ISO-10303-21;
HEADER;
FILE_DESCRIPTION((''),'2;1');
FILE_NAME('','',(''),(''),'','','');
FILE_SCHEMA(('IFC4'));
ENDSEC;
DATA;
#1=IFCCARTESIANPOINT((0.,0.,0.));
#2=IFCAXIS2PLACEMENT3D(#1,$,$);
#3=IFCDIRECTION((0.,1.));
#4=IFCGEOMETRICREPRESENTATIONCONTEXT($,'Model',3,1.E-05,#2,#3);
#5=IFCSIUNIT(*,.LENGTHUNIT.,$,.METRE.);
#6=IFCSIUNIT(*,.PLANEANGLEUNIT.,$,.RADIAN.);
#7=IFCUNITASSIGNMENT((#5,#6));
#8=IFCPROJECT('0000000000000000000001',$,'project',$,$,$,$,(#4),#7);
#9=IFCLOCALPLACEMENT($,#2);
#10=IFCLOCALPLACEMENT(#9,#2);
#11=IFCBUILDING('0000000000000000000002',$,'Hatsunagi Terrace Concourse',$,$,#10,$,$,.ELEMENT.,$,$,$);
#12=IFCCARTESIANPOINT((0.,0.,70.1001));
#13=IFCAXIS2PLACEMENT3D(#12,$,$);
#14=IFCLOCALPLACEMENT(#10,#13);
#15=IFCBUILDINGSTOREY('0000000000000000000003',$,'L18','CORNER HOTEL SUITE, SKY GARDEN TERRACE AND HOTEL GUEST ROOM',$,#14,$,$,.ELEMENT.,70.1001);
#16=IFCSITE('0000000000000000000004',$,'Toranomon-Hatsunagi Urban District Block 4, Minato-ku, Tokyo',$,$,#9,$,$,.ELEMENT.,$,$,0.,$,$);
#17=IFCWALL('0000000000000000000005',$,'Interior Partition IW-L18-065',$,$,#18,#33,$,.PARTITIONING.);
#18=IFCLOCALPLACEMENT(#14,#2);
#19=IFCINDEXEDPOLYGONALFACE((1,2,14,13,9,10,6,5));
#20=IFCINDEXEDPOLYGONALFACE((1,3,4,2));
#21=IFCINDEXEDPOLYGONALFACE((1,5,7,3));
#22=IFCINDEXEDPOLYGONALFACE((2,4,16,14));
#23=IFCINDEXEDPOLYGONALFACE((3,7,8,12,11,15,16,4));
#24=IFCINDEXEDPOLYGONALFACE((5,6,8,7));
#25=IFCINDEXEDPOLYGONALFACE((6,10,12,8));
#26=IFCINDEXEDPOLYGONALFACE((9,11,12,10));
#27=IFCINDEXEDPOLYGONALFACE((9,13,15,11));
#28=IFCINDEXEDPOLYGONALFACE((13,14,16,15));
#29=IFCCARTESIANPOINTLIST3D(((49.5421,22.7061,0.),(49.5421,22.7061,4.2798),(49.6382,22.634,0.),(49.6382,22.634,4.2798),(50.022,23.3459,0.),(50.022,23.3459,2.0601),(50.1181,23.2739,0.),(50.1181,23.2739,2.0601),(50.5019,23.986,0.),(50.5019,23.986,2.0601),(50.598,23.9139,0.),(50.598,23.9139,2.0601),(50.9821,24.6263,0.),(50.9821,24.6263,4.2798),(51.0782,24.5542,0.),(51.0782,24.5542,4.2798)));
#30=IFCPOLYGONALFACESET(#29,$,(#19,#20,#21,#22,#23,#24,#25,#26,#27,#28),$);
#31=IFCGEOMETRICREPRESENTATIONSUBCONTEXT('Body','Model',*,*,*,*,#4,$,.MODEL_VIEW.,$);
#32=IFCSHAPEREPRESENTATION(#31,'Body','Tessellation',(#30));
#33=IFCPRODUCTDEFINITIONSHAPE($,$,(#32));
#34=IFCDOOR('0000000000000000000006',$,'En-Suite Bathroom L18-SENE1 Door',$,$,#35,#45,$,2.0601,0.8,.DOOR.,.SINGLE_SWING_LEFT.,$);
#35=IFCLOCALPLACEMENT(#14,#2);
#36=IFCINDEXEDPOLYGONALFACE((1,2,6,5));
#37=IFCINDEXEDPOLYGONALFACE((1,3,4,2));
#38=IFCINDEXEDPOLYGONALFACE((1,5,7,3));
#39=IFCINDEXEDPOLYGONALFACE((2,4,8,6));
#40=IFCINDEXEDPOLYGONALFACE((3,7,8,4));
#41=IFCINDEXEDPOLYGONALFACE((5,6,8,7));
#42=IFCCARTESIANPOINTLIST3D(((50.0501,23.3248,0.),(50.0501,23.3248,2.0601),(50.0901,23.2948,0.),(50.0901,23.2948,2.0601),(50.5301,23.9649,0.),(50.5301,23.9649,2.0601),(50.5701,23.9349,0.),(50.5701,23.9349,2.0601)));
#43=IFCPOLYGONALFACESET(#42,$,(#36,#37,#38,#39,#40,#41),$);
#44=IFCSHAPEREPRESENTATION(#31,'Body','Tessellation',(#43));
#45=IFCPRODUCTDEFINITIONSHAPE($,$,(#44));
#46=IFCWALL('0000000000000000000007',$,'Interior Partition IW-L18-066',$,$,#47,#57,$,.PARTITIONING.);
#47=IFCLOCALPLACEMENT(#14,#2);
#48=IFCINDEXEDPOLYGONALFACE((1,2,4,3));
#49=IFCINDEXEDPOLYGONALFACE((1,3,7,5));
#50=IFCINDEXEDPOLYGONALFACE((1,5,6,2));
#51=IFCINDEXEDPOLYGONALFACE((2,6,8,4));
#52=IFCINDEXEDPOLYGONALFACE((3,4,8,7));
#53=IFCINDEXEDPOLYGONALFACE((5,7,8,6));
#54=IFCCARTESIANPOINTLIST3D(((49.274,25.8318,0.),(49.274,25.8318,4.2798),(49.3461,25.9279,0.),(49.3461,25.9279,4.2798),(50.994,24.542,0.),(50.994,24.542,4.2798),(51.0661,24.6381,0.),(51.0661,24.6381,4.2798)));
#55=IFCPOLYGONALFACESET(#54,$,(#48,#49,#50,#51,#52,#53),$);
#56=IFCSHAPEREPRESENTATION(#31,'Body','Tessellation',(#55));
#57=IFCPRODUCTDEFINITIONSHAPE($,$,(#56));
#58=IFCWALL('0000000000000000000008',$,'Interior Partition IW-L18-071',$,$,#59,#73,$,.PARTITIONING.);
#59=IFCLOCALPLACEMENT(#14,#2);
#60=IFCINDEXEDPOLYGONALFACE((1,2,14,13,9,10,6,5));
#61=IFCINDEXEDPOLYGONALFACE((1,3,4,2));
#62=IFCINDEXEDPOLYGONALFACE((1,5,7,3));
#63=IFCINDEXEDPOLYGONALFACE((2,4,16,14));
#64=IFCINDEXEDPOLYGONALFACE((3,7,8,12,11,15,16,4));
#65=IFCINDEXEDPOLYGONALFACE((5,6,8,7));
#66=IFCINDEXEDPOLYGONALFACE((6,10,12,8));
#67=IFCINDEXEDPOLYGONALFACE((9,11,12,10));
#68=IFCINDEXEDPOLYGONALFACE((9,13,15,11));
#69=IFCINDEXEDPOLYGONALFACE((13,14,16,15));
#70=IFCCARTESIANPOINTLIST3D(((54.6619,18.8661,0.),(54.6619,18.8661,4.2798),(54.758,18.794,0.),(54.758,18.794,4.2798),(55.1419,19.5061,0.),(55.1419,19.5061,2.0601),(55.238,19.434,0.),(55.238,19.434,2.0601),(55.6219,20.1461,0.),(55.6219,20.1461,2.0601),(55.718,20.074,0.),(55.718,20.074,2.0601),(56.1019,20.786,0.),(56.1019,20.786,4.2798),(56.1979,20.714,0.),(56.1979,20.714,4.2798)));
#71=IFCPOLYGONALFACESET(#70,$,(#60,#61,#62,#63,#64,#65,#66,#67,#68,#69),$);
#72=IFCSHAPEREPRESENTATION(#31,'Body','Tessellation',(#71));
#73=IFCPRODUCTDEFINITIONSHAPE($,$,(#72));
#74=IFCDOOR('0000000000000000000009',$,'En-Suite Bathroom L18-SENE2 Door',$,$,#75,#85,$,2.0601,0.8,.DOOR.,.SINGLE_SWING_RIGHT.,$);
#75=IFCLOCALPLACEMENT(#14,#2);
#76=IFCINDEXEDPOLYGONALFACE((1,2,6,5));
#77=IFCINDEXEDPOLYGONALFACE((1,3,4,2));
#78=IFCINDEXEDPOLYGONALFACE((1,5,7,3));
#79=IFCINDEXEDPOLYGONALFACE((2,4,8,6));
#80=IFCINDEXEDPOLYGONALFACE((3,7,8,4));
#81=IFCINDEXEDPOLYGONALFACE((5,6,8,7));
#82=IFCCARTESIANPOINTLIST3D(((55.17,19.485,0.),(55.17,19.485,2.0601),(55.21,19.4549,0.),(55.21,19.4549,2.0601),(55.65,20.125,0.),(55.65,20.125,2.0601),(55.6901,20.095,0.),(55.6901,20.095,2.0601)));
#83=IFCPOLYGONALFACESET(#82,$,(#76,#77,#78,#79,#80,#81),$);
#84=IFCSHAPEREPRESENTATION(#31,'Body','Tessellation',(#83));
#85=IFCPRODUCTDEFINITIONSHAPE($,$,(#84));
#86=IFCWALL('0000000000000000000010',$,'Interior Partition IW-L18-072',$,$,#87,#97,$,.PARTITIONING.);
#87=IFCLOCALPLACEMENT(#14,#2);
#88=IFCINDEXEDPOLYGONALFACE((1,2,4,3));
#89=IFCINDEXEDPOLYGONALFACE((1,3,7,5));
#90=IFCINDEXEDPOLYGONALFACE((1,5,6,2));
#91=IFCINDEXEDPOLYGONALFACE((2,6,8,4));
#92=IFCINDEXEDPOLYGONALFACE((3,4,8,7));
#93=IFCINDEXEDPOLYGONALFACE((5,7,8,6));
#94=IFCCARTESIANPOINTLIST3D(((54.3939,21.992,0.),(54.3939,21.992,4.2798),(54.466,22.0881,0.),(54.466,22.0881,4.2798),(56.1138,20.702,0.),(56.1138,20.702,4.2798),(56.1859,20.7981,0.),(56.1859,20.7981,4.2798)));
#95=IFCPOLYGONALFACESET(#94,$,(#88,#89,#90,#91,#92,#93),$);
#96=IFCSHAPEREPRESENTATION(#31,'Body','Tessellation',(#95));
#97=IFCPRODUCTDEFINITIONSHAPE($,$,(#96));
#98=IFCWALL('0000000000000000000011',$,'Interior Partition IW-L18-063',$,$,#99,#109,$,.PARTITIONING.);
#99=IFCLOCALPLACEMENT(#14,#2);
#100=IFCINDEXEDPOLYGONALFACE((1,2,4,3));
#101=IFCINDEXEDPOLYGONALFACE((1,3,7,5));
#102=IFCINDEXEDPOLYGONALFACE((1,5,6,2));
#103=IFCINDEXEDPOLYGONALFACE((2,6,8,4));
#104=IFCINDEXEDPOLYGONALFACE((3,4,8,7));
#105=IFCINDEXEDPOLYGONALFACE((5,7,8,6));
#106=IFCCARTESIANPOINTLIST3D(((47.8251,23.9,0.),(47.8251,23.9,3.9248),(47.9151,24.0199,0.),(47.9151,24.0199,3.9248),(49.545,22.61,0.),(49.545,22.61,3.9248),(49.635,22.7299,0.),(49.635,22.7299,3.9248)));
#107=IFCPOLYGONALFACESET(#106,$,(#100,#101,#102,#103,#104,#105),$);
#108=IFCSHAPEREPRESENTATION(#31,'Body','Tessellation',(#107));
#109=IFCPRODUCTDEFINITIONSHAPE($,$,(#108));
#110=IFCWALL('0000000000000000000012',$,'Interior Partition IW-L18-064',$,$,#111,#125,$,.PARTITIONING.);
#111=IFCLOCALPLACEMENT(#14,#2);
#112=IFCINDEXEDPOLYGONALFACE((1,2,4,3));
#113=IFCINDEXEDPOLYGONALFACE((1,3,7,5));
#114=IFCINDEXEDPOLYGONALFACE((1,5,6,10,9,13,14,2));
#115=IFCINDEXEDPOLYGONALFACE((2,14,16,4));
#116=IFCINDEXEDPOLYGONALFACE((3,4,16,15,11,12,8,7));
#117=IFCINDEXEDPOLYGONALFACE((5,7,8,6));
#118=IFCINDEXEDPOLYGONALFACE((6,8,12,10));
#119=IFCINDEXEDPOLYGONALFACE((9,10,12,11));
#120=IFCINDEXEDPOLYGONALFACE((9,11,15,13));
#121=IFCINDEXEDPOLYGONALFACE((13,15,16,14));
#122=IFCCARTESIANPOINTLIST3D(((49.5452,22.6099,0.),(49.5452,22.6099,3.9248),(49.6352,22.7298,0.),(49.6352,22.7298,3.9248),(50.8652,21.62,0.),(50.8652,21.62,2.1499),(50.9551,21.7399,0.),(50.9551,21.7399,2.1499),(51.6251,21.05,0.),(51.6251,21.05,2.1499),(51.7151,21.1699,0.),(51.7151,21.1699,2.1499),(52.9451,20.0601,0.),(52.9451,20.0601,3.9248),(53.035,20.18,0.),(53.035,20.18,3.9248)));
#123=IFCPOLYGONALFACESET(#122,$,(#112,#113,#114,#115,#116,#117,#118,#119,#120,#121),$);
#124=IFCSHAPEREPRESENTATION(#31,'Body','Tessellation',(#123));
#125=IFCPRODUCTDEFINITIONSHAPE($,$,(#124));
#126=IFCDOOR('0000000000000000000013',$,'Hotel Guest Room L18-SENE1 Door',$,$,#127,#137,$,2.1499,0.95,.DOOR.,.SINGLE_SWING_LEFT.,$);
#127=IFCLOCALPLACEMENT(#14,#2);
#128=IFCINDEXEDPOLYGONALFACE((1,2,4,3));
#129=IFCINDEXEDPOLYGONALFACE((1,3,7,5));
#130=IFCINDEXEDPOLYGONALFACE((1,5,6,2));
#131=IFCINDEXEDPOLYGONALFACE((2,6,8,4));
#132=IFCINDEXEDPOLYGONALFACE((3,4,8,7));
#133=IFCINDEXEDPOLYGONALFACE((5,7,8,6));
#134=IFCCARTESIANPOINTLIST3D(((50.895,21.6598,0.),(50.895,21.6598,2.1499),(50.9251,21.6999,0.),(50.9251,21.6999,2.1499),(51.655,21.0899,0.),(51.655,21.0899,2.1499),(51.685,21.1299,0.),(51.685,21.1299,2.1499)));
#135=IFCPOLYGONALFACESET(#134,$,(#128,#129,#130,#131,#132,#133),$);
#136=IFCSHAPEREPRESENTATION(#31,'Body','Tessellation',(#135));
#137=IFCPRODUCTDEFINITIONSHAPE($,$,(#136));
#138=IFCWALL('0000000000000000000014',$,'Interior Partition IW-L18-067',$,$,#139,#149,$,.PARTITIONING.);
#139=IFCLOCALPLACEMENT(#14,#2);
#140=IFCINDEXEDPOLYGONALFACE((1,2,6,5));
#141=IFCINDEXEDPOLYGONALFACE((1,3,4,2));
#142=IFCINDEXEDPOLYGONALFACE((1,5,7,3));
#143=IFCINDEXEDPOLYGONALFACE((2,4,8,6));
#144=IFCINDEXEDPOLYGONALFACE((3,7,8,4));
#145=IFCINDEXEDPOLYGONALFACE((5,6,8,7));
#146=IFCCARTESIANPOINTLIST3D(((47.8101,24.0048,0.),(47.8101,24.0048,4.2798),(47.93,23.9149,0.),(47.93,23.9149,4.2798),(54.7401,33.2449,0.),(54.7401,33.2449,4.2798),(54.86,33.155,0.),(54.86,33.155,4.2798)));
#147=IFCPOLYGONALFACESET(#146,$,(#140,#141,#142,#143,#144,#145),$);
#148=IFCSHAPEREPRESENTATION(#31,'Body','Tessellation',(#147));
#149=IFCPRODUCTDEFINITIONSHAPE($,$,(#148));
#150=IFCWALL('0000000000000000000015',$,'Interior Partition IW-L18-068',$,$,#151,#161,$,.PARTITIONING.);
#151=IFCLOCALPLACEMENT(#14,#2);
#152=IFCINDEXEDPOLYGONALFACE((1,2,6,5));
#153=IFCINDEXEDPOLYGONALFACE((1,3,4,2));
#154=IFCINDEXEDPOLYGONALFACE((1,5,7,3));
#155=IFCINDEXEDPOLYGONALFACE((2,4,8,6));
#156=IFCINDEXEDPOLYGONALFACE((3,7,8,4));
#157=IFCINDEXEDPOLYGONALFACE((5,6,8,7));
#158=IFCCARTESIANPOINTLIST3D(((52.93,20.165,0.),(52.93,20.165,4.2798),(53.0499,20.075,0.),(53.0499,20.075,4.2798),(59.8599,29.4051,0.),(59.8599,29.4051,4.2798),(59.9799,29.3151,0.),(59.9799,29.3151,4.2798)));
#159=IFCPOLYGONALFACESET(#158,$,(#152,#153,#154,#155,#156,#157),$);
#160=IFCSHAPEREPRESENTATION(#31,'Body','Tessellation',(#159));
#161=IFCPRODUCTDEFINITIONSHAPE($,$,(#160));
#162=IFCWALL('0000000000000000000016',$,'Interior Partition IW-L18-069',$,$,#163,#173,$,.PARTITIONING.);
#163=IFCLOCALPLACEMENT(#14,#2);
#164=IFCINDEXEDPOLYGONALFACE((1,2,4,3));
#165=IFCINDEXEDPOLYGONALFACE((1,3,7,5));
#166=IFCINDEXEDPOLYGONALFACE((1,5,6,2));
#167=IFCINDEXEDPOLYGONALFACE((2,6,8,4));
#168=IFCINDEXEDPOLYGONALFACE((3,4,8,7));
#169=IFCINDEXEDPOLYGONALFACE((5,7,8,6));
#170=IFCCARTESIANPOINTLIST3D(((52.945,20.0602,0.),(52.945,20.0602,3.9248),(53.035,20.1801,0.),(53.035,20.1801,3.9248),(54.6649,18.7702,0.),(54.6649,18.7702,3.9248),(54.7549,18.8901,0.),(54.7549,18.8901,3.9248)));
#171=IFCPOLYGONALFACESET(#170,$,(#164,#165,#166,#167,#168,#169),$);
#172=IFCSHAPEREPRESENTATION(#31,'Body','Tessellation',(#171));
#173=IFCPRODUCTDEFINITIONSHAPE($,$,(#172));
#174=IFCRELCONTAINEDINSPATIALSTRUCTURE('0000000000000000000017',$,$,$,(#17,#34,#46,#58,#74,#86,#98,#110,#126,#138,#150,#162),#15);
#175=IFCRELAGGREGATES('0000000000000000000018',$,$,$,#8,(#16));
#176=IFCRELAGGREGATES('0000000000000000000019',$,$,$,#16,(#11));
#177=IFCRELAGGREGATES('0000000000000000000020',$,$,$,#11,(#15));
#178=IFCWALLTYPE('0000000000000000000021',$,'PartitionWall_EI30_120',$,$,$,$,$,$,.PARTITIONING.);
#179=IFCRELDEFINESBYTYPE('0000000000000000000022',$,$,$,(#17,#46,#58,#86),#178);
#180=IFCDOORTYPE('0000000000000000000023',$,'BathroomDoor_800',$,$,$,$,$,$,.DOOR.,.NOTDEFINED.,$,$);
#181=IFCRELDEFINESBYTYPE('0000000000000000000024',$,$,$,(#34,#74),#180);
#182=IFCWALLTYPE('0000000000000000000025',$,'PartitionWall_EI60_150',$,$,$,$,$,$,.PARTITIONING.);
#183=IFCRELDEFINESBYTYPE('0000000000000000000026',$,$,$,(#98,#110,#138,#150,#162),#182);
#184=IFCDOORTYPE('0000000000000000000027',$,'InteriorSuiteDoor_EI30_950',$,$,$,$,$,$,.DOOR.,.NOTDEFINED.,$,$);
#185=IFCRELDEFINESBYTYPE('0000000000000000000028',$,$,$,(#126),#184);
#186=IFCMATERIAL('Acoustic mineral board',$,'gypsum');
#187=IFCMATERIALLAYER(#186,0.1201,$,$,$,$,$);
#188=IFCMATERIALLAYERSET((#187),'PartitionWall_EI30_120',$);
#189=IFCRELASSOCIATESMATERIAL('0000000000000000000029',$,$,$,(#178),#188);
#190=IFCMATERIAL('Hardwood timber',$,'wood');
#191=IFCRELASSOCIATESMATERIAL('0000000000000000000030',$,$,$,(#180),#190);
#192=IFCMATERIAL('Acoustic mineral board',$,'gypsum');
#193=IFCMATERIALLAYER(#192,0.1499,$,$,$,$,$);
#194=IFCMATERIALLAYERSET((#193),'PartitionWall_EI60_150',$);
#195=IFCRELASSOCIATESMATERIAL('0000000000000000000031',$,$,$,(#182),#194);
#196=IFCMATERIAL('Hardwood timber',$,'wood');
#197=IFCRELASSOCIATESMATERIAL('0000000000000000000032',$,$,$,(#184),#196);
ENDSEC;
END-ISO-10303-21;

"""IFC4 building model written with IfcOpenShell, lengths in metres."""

from ifc_helpers import new_model, si_unit, direction, frame, frame_2d, origin, place, context, subcontext, project, spatial, rectangle, extrude, material, layer, layer_set, type_object, element, fill, save


model = new_model("IFC4")

# Units and contexts
model_context = context("Model", 3, precision=1e-05, world=origin(), true_north=direction((0.0, 1.0)))
body_context = subcontext(model_context, "Body", "Model", "MODEL_VIEW")
ifc_project = project(units=[si_unit("LENGTHUNIT", "METRE"), si_unit("PLANEANGLEUNIT", "RADIAN")], contexts=[model_context])

# Site, building, storey
site_placement = place(None, origin())
site = spatial("IfcSite", under=ifc_project, at=site_placement, Name="Toranomon-Hatsunagi Urban District Block 4, Minato-ku, Tokyo", CompositionType="ELEMENT", RefElevation=0.0)
building_placement = place(site_placement, origin())
building = spatial("IfcBuilding", under=site, at=building_placement, Name="Hatsunagi Terrace Concourse", CompositionType="ELEMENT")
storey_placement = place(building_placement, frame((0.0, 0.0, 70.1001)))
storey = spatial("IfcBuildingStorey", under=building, at=storey_placement, Name="L18", Description="CORNER HOTEL SUITE, SKY GARDEN TERRACE AND HOTEL GUEST ROOM", CompositionType="ELEMENT", Elevation=70.1001)

# Wall, opening, door
ifc_material_1 = material(Name="Acoustic mineral board", Category="gypsum")
ifc_layer_1 = layer(ifc_material_1, 0.1201)
ifc_layer_set_1 = layer_set([ifc_layer_1], Name="PartitionWall_EI30_120")
wall_type_1 = type_object("IfcWallType", Name="PartitionWall_EI30_120", PredefinedType="PARTITIONING", material=ifc_layer_set_1)
wall_1_placement = place(storey_placement, frame((49.5901, 22.6699, 0.0), z_axis=(0.0, 0.0, 1.0), x_axis=(0.599951, 0.800037, 0.0)))
wall_1 = element("IfcWall", 1, at=wall_1_placement, inside=storey, type_object=wall_type_1, Name="Interior Partition IW-L18-065", PredefinedType="PARTITIONING", context=body_context, shape_type="SweptSolid", body=[
    extrude(rectangle(XDim=2.4001, YDim=0.1201, at=frame_2d((1.2002, 0.0))), origin(), (0.0, 0.0, 1.0), 4.2798),
])
opening_1_placement = place(wall_1_placement, frame((0.8, 0.0, 0.0)))
opening_1 = element("IfcOpeningElement", 2, at=opening_1_placement, cuts=wall_1, PredefinedType="OPENING", context=body_context, shape_type="SweptSolid", body=[
    extrude(rectangle(XDim=0.8, YDim=2.0601, at=frame_2d((0.3999, 1.03))), frame((0.0, 0.0701, 0.0), z_axis=(0.0, -1.0, 0.0), x_axis=(1.0, 0.0, 0.0)), (0.0, 0.0, 1.0), 0.1401),
])
ifc_material_2 = material(Name="Hardwood timber", Category="wood")
door_type_1 = type_object("IfcDoorType", Name="BathroomDoor_800", OperationType="NOTDEFINED", PredefinedType="DOOR", material=ifc_material_2)
door_1_placement = place(opening_1_placement, origin())
door_1 = element("IfcDoor", 3, at=door_1_placement, inside=storey, type_object=door_type_1, Name="En-Suite Bathroom L18-SENE1 Door", OperationType="SINGLE_SWING_LEFT", OverallHeight=2.0601, OverallWidth=0.8, PredefinedType="DOOR", context=body_context, shape_type="SweptSolid", body=[
    extrude(rectangle(XDim=0.8, YDim=2.0601, at=frame_2d((0.3999, 1.03))), frame((0.0, 0.0249, 0.0), z_axis=(0.0, -1.0, 0.0), x_axis=(1.0, 0.0, 0.0)), (0.0, 0.0, 1.0), 0.05),
])
fill(opening_1, door_1)

# Wall
wall_2_placement = place(storey_placement, frame((49.3101, 25.8799, 0.0), z_axis=(0.0, 0.0, 1.0), x_axis=(0.800041, -0.599945, 0.0)))
element("IfcWall", 4, at=wall_2_placement, inside=storey, type_object=wall_type_1, Name="Interior Partition IW-L18-066", PredefinedType="PARTITIONING", context=body_context, shape_type="SweptSolid", body=[
    extrude(rectangle(XDim=2.1499, YDim=0.1201, at=frame_2d((1.075, 0.0))), origin(), (0.0, 0.0, 1.0), 4.2798),
])

# Wall, opening, door
wall_3_placement = place(storey_placement, frame((54.71, 18.8301, 0.0), z_axis=(0.0, 0.0, 1.0), x_axis=(0.6, 0.8, 0.0)))
wall_3 = element("IfcWall", 5, at=wall_3_placement, inside=storey, type_object=wall_type_1, Name="Interior Partition IW-L18-071", PredefinedType="PARTITIONING", context=body_context, shape_type="SweptSolid", body=[
    extrude(rectangle(XDim=2.3999, YDim=0.1201, at=frame_2d((1.2, 0.0))), origin(), (0.0, 0.0, 1.0), 4.2798),
])
opening_2_placement = place(wall_3_placement, frame((0.8, 0.0, 0.0)))
opening_2 = element("IfcOpeningElement", 6, at=opening_2_placement, cuts=wall_3, PredefinedType="OPENING", context=body_context, shape_type="SweptSolid", body=[
    extrude(rectangle(XDim=0.8, YDim=2.0601, at=frame_2d((0.3999, 1.03))), frame((0.0, 0.0701, 0.0), z_axis=(0.0, -1.0, 0.0), x_axis=(1.0, 0.0, 0.0)), (0.0, 0.0, 1.0), 0.1401),
])
door_2_placement = place(opening_2_placement, origin())
door_2 = element("IfcDoor", 7, at=door_2_placement, inside=storey, type_object=door_type_1, Name="En-Suite Bathroom L18-SENE2 Door", OperationType="SINGLE_SWING_RIGHT", OverallHeight=2.0601, OverallWidth=0.8, PredefinedType="DOOR", context=body_context, shape_type="SweptSolid", body=[
    extrude(rectangle(XDim=0.8, YDim=2.0601, at=frame_2d((0.3999, 1.03))), frame((0.0, 0.0249, 0.0), z_axis=(0.0, -1.0, 0.0), x_axis=(1.0, 0.0, 0.0)), (0.0, 0.0, 1.0), 0.05),
])
fill(opening_2, door_2)

# Walls
wall_4_placement = place(storey_placement, frame((54.4299, 22.04, 0.0), z_axis=(0.0, 0.0, 1.0), x_axis=(0.799986, -0.600018, 0.0)))
element("IfcWall", 8, at=wall_4_placement, inside=storey, type_object=wall_type_1, Name="Interior Partition IW-L18-072", PredefinedType="PARTITIONING", context=body_context, shape_type="SweptSolid", body=[
    extrude(rectangle(XDim=2.1499, YDim=0.1201, at=frame_2d((1.075, 0.0))), origin(), (0.0, 0.0, 1.0), 4.2798),
])
ifc_material_3 = material(Name="Acoustic mineral board", Category="gypsum")
ifc_layer_2 = layer(ifc_material_3, 0.1499)
ifc_layer_set_2 = layer_set([ifc_layer_2], Name="PartitionWall_EI60_150")
wall_type_2 = type_object("IfcWallType", Name="PartitionWall_EI60_150", PredefinedType="PARTITIONING", material=ifc_layer_set_2)
wall_5_placement = place(storey_placement, frame((47.8701, 23.96, 0.0), z_axis=(0.0, 0.0, 1.0), x_axis=(0.799986, -0.600018, 0.0)))
element("IfcWall", 9, at=wall_5_placement, inside=storey, type_object=wall_type_2, Name="Interior Partition IW-L18-063", PredefinedType="PARTITIONING", context=body_context, shape_type="SweptSolid", body=[
    extrude(rectangle(XDim=2.1499, YDim=0.1499, at=frame_2d((1.075, 0.0))), origin(), (0.0, 0.0, 1.0), 3.9248),
])

# Wall, opening, door
wall_6_placement = place(storey_placement, frame((49.5901, 22.6699, 0.0), z_axis=(0.0, 0.0, 1.0), x_axis=(0.800014, -0.599982, 0.0)))
wall_6 = element("IfcWall", 10, at=wall_6_placement, inside=storey, type_object=wall_type_2, Name="Interior Partition IW-L18-064", PredefinedType="PARTITIONING", context=body_context, shape_type="SweptSolid", body=[
    extrude(rectangle(XDim=4.2498, YDim=0.1499, at=frame_2d((2.125, 0.0))), origin(), (0.0, 0.0, 1.0), 3.9248),
])
opening_3_placement = place(wall_6_placement, frame((1.6499, 0.0, 0.0)))
opening_3 = element("IfcOpeningElement", 11, at=opening_3_placement, cuts=wall_6, PredefinedType="OPENING", context=body_context, shape_type="SweptSolid", body=[
    extrude(rectangle(XDim=0.95, YDim=2.1499, at=frame_2d((0.4751, 1.075))), frame((0.0, 0.085, 0.0), z_axis=(0.0, -1.0, 0.0), x_axis=(1.0, 0.0, 0.0)), (0.0, 0.0, 1.0), 0.1699),
])
ifc_material_4 = material(Name="Hardwood timber", Category="wood")
door_type_2 = type_object("IfcDoorType", Name="InteriorSuiteDoor_EI30_950", OperationType="NOTDEFINED", PredefinedType="DOOR", material=ifc_material_4)
door_3_placement = place(opening_3_placement, origin())
door_3 = element("IfcDoor", 12, at=door_3_placement, inside=storey, type_object=door_type_2, Name="Hotel Guest Room L18-SENE1 Door", OperationType="SINGLE_SWING_LEFT", OverallHeight=2.1499, OverallWidth=0.95, PredefinedType="DOOR", context=body_context, shape_type="SweptSolid", body=[
    extrude(rectangle(XDim=0.95, YDim=2.1499, at=frame_2d((0.4751, 1.075))), frame((0.0, 0.0249, 0.0), z_axis=(0.0, -1.0, 0.0), x_axis=(1.0, 0.0, 0.0)), (0.0, 0.0, 1.0), 0.05),
])
fill(opening_3, door_3)

# Walls
for number, where, z_axis, x_axis, name in (
    (13, (47.8701, 23.96, 0.0), (0.0, 0.0, 1.0), (0.599997, 0.800003, 0.0), "Interior Partition IW-L18-067"),
    (14, (52.99, 20.1201, 0.0), (0.0, 0.0, 1.0), (0.599997, 0.800003, 0.0), "Interior Partition IW-L18-068"),
):
    element("IfcWall", number, at=place(storey_placement, frame(where, z_axis=z_axis, x_axis=x_axis)), inside=storey, type_object=wall_type_2, Name=name, PredefinedType="PARTITIONING", context=body_context, shape_type="SweptSolid", body=[
        extrude(rectangle(XDim=11.55, YDim=0.1499, at=frame_2d((5.7749, 0.0))), origin(), (0.0, 0.0, 1.0), 4.2798),
    ])
wall_7_placement = place(storey_placement, frame((52.99, 20.1201, 0.0), z_axis=(0.0, 0.0, 1.0), x_axis=(0.799986, -0.600018, 0.0)))
element("IfcWall", 15, at=wall_7_placement, inside=storey, type_object=wall_type_2, Name="Interior Partition IW-L18-069", PredefinedType="PARTITIONING", context=body_context, shape_type="SweptSolid", body=[
    extrude(rectangle(XDim=2.1499, YDim=0.1499, at=frame_2d((1.075, 0.0))), origin(), (0.0, 0.0, 1.0), 3.9248),
])

save(model, "model.ifc")
